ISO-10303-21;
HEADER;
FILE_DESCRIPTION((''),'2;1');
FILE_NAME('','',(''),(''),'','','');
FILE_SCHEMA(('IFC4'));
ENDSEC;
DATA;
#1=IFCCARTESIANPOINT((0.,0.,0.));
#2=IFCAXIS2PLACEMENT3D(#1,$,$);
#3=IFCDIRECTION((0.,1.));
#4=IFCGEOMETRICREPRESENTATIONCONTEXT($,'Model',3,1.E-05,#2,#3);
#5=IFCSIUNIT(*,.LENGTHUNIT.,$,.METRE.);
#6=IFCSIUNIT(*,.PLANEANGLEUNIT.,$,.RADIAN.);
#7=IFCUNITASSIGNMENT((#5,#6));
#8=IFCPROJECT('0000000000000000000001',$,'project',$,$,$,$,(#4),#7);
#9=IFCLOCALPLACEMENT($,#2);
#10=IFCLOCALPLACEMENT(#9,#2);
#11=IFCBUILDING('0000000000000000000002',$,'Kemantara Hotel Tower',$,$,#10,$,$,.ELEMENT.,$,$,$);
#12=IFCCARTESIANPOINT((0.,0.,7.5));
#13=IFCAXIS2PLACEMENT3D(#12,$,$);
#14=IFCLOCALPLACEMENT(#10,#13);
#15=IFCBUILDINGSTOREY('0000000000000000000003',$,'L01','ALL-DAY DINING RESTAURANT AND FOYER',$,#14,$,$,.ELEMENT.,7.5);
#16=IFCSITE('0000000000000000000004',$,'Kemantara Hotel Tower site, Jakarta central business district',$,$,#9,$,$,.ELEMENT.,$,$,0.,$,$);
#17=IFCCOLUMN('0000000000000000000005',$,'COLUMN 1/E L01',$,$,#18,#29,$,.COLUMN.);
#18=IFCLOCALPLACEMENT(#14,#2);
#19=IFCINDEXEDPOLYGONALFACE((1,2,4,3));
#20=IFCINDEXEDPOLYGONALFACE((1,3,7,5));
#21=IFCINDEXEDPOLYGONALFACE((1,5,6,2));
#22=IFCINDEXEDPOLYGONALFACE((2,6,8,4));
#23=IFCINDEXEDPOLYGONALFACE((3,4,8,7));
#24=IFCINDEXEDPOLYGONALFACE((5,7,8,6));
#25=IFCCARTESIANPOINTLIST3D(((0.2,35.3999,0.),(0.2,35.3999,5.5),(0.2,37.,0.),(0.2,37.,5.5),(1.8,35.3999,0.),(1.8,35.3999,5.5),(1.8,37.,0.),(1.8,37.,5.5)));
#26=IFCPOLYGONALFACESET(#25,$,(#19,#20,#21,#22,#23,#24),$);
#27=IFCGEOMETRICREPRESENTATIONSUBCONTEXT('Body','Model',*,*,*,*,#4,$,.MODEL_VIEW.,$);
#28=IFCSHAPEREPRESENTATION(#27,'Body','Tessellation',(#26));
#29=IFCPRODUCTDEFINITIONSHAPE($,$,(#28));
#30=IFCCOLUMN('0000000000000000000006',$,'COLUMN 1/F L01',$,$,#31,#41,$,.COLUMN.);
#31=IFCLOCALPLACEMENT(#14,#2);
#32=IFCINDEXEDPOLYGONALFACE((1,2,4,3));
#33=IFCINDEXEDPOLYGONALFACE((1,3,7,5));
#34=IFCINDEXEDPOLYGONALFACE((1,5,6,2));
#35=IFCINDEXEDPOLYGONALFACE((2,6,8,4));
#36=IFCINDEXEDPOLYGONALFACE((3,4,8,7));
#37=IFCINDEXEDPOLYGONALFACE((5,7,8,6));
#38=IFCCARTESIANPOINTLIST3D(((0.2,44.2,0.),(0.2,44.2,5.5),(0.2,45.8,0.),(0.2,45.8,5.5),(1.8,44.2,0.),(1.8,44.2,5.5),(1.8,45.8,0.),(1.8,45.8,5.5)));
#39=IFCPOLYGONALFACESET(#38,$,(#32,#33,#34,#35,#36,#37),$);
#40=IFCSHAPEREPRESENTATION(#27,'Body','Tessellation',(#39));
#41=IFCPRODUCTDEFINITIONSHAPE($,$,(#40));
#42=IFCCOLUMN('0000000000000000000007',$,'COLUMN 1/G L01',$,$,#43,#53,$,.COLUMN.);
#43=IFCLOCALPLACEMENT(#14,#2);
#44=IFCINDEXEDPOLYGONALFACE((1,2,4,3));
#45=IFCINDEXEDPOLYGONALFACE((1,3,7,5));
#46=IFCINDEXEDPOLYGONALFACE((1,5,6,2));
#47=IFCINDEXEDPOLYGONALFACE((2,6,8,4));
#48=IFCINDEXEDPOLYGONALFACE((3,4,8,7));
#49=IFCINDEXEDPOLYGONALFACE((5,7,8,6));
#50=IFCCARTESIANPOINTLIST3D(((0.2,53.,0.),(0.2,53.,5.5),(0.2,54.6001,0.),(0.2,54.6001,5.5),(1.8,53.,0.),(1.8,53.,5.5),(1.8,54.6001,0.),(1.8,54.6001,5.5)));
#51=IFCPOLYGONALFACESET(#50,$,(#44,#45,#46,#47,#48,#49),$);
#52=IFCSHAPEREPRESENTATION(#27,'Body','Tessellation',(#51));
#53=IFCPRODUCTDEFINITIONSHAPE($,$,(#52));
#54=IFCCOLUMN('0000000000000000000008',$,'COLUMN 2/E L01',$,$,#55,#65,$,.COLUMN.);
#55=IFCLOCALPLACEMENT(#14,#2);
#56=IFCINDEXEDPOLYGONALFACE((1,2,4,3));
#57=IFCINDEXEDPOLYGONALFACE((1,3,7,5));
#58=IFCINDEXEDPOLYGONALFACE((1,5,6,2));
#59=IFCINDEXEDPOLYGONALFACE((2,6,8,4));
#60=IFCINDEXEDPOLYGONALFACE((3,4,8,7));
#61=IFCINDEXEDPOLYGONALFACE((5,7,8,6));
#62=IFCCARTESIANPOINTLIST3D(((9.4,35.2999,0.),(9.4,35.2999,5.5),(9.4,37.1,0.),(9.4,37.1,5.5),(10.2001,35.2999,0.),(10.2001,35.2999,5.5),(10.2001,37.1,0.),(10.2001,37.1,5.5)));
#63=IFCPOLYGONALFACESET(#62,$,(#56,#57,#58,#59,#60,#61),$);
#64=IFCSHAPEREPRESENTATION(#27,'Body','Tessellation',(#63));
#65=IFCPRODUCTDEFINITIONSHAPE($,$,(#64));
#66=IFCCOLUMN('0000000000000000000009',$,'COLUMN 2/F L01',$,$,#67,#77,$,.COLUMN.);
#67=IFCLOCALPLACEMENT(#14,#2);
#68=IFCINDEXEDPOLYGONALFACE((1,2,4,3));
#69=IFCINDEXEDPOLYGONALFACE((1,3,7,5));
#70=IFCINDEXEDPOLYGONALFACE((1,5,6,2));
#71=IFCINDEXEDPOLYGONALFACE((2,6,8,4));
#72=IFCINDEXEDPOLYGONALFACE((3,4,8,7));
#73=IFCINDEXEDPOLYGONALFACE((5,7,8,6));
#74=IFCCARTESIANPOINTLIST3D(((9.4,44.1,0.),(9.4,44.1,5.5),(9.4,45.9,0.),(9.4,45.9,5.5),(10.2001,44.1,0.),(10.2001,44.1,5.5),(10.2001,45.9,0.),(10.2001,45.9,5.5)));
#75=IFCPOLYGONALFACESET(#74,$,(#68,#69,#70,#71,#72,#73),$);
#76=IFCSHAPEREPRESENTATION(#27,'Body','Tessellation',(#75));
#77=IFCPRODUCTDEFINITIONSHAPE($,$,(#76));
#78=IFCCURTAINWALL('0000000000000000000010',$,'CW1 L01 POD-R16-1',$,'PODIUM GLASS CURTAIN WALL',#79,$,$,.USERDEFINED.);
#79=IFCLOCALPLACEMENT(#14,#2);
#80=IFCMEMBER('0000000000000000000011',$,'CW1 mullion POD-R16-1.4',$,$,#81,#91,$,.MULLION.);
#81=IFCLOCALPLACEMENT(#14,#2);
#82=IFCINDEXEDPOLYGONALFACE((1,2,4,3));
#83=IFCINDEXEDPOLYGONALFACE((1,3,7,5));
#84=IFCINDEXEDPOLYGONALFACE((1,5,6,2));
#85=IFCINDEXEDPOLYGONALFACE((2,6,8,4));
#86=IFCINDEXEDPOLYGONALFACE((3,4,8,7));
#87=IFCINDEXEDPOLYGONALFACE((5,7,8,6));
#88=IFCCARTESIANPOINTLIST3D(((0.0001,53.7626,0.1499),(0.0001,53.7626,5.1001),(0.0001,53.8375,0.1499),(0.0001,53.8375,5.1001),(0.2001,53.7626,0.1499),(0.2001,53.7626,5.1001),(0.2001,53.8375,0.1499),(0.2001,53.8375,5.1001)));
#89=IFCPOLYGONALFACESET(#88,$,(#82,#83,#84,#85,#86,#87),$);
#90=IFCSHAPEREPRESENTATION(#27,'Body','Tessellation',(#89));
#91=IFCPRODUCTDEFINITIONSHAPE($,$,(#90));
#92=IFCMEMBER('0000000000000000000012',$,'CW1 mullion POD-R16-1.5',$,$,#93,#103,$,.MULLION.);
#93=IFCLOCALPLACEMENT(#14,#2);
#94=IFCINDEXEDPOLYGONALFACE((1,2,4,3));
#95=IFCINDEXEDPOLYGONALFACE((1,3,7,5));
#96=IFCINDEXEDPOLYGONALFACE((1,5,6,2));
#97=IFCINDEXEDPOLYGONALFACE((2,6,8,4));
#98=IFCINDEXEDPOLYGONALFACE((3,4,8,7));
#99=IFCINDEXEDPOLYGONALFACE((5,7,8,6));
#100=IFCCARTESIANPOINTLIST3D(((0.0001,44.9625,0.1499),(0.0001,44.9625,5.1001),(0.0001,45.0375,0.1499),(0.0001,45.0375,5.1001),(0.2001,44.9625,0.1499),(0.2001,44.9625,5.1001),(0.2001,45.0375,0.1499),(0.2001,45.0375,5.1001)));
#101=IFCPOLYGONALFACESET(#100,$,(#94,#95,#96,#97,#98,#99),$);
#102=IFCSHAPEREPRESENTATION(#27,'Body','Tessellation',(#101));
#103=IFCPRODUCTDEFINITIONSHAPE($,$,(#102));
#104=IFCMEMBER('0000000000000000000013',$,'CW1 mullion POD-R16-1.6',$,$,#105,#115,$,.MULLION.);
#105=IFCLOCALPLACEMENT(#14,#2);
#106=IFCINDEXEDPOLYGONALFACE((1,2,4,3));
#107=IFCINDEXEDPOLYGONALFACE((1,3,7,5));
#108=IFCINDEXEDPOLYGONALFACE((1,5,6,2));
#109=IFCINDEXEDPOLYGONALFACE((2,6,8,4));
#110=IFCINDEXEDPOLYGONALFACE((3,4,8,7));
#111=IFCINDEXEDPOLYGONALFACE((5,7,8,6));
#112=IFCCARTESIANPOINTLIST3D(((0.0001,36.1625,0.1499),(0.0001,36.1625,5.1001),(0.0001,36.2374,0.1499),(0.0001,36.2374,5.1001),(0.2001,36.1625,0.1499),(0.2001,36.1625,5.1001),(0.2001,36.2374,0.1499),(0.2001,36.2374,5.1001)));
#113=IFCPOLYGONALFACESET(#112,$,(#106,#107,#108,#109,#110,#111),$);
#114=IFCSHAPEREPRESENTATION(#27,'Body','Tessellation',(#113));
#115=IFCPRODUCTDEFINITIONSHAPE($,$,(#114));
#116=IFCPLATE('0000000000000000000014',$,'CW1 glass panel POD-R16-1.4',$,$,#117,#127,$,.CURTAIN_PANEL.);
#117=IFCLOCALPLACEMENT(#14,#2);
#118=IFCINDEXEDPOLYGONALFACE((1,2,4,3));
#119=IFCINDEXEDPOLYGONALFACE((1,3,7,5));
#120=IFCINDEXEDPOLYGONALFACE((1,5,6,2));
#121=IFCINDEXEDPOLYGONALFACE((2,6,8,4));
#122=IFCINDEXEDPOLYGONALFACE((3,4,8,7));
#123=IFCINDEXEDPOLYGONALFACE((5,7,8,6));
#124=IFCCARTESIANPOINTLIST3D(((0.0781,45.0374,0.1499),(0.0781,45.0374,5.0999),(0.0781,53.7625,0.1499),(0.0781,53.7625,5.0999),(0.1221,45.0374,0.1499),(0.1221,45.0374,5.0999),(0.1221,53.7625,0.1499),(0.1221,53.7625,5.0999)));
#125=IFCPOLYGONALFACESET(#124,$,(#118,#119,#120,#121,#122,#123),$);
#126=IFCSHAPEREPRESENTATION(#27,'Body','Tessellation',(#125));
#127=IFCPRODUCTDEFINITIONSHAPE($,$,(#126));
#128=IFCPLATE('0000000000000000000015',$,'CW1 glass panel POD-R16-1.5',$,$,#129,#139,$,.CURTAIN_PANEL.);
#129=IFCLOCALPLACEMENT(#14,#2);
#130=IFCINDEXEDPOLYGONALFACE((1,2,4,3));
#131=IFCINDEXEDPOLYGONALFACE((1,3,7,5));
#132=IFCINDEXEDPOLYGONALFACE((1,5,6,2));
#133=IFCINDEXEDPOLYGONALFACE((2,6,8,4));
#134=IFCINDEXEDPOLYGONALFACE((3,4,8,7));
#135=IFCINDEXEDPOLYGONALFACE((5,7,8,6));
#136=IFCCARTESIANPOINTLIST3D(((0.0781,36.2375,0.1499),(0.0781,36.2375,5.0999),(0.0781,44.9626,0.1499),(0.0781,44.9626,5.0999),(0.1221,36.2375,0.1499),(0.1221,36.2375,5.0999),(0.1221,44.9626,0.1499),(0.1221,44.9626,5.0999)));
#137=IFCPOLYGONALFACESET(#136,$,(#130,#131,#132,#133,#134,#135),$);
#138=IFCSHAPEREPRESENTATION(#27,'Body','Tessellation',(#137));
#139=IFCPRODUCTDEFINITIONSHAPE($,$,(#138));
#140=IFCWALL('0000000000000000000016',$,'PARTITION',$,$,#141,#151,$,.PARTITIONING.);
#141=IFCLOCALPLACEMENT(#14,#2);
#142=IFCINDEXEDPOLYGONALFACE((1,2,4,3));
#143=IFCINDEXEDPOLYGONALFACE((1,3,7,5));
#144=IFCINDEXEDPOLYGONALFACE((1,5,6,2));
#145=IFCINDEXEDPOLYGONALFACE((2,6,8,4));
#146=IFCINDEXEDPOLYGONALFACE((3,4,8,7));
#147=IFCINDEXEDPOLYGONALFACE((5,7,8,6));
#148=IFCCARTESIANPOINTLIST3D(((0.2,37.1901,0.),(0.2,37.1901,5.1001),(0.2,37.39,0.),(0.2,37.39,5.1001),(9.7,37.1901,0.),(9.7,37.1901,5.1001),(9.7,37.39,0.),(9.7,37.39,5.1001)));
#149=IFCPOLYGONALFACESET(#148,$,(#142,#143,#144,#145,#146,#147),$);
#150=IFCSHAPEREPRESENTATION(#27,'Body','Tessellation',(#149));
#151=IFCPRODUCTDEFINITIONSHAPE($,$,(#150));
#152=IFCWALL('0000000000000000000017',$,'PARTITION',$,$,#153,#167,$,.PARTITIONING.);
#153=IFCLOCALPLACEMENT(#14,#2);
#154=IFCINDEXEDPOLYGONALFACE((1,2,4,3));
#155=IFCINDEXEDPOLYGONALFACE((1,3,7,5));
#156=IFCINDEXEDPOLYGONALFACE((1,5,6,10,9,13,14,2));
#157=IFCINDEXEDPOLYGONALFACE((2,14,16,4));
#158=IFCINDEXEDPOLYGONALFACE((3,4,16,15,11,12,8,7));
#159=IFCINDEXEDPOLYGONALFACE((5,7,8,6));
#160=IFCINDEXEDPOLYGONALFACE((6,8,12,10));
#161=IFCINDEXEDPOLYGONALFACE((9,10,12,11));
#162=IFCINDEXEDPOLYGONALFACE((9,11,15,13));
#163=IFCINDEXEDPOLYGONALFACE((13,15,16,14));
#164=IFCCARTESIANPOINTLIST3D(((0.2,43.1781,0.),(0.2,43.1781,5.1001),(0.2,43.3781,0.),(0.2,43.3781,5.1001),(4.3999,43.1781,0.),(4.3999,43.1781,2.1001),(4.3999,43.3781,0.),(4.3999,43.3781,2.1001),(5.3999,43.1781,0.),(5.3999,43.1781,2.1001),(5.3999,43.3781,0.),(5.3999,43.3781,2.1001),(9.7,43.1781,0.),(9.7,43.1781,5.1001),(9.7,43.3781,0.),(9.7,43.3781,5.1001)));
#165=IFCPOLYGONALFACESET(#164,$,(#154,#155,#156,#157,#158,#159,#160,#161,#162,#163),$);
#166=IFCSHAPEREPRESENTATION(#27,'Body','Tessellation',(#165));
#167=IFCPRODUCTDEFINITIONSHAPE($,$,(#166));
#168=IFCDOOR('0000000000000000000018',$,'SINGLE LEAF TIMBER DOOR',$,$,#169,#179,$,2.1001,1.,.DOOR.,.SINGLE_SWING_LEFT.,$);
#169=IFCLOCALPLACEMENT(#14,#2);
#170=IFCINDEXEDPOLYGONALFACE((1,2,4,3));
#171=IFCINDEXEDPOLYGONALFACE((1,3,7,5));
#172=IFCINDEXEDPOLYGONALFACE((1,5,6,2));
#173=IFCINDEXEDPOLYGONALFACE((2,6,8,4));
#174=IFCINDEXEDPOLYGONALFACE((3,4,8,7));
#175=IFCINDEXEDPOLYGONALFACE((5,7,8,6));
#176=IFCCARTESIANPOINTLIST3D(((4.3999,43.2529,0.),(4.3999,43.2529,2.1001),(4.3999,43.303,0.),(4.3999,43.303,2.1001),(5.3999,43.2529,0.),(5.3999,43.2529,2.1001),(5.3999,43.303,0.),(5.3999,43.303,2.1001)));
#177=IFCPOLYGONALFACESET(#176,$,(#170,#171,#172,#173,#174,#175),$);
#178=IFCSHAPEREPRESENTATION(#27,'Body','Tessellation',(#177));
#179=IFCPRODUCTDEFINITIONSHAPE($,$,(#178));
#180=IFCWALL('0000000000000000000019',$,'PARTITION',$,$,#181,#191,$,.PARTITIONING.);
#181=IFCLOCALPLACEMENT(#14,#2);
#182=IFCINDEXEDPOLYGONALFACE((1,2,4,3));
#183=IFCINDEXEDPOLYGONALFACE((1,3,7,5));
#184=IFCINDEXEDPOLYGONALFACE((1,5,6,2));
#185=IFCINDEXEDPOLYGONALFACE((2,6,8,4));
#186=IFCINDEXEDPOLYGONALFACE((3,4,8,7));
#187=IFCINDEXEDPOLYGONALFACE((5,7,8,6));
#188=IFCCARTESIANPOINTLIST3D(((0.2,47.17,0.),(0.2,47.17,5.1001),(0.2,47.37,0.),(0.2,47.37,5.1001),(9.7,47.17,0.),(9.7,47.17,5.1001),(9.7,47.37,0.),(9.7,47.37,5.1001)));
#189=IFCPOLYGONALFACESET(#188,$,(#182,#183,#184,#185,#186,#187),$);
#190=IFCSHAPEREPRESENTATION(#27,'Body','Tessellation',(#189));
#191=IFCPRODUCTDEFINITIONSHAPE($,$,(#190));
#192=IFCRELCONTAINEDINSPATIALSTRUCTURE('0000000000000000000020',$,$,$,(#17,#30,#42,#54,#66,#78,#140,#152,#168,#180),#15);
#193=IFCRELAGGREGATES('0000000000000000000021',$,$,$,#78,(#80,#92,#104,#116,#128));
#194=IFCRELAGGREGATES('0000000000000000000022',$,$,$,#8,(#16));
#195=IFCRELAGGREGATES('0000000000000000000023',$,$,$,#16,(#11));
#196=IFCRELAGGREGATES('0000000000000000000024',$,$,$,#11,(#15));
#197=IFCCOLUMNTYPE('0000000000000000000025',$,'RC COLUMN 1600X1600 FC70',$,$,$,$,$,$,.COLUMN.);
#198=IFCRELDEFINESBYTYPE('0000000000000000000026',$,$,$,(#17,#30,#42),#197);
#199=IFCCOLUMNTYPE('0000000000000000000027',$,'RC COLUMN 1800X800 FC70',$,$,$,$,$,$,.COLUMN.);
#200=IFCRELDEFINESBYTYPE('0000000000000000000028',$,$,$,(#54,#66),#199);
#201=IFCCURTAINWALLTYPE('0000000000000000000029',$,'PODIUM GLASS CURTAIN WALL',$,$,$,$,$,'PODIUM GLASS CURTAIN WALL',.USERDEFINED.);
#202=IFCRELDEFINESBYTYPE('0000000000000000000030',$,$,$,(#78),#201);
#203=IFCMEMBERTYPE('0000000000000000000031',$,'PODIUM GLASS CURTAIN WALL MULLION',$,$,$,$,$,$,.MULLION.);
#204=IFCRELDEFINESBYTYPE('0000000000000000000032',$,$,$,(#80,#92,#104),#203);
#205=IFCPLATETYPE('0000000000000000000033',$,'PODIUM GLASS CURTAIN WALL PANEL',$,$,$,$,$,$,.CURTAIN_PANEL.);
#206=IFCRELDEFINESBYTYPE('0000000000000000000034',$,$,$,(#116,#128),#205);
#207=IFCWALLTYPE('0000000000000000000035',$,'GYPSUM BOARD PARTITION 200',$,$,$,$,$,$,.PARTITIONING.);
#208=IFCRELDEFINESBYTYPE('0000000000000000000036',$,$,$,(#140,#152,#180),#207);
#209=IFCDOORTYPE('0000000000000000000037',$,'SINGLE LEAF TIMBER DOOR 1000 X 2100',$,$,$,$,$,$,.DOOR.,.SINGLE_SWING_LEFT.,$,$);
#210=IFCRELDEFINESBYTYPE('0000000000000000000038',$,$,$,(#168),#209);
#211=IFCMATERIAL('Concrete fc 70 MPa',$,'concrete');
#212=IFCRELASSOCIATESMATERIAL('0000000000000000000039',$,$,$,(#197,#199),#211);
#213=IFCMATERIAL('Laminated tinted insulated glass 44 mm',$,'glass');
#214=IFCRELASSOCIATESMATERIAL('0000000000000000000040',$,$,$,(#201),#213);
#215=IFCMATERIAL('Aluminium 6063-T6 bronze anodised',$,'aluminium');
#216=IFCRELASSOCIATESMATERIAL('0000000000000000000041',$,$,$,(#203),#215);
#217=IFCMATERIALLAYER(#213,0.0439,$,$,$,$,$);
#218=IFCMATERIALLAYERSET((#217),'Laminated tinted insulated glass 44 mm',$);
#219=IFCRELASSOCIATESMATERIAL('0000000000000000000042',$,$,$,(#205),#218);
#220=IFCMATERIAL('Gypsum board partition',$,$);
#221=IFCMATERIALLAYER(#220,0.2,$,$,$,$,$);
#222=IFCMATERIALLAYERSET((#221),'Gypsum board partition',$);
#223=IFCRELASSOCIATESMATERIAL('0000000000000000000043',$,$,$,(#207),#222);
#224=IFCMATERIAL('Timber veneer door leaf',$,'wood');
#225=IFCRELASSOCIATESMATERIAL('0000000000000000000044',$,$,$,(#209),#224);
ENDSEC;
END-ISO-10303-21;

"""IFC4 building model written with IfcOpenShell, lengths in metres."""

from ifc_helpers import new_model, si_unit, direction, frame, frame_2d, origin, origin_2d, place, context, subcontext, project, spatial, rectangle, extrude, source, transform, mapped, material, layer, layer_set, material_profile, profile_set, type_object, element, fill, aggregate, save


model = new_model("IFC4")

# Units and contexts
model_context = context("Model", 3, precision=1e-05, world=origin(), true_north=direction((0.0, 1.0)))
body_context = subcontext(model_context, "Body", "Model", "MODEL_VIEW")
ifc_project = project(units=[si_unit("LENGTHUNIT", "METRE"), si_unit("PLANEANGLEUNIT", "RADIAN")], contexts=[model_context])

# Site, building, storey
site_placement = place(None, origin())
site = spatial("IfcSite", under=ifc_project, at=site_placement, Name="Kemantara Hotel Tower site, Jakarta central business district", CompositionType="ELEMENT", RefElevation=0.0)
building_placement = place(site_placement, origin())
building = spatial("IfcBuilding", under=site, at=building_placement, Name="Kemantara Hotel Tower", CompositionType="ELEMENT")
storey_placement = place(building_placement, frame((0.0, 0.0, 7.5)))
storey = spatial("IfcBuildingStorey", under=building, at=storey_placement, Name="L01", Description="ALL-DAY DINING RESTAURANT AND FOYER", CompositionType="ELEMENT", Elevation=7.5)

# Columns
ifc_material_1 = material(Name="Concrete fc 70 MPa", Category="concrete")
ifc_material_profile_1 = material_profile(ifc_material_1, rectangle(XDim=1.6001, YDim=1.6001, at=origin_2d()), Name="RC 1600X1600")
ifc_profile_set_1 = profile_set([ifc_material_profile_1], Name="Concrete fc 70 MPa")
column_type_1 = type_object("IfcColumnType", Name="RC COLUMN 1600X1600 FC70", PredefinedType="COLUMN", material=ifc_profile_set_1)
for number, where, z_axis, x_axis, name in (
    (1, (1.0, 36.2, 0.0), (0.0, 0.0, 1.0), (1.0, 0.0, 0.0), "COLUMN 1/E L01"),
    (2, (1.0, 45.0, 0.0), (0.0, 0.0, 1.0), (1.0, 0.0, 0.0), "COLUMN 1/F L01"),
    (3, (1.0, 53.8, 0.0), (0.0, 0.0, 1.0), (1.0, 0.0, 0.0), "COLUMN 1/G L01"),
):
    element("IfcColumn", number, at=place(storey_placement, frame(where, z_axis=z_axis, x_axis=x_axis)), inside=storey, type_object=column_type_1, Name=name, PredefinedType="COLUMN", context=body_context, shape_type="SweptSolid", body=[
        extrude(rectangle(XDim=1.6001, YDim=1.6001, at=origin_2d()), origin(), (0.0, 0.0, 1.0), 5.5),
    ])
ifc_material_profile_2 = material_profile(ifc_material_1, rectangle(XDim=1.8, YDim=0.8, at=origin_2d()), Name="RC 1800X800")
ifc_profile_set_2 = profile_set([ifc_material_profile_2], Name="Concrete fc 70 MPa")
column_type_2 = type_object("IfcColumnType", Name="RC COLUMN 1800X800 FC70", PredefinedType="COLUMN", material=ifc_profile_set_2)
for number, where, z_axis, x_axis, name in (
    (4, (9.8, 36.2, 0.0), (0.0, 0.0, 1.0), (0.0, 1.0, 0.0), "COLUMN 2/E L01"),
    (5, (9.8, 45.0, 0.0), (0.0, 0.0, 1.0), (0.0, 1.0, 0.0), "COLUMN 2/F L01"),
):
    element("IfcColumn", number, at=place(storey_placement, frame(where, z_axis=z_axis, x_axis=x_axis)), inside=storey, type_object=column_type_2, Name=name, PredefinedType="COLUMN", context=body_context, shape_type="SweptSolid", body=[
        extrude(rectangle(XDim=1.8, YDim=0.8, at=origin_2d()), origin(), (0.0, 0.0, 1.0), 5.5),
    ])

# Curtain wall, members, plates
ifc_material_2 = material(Name="Laminated tinted insulated glass 44 mm", Category="glass")
curtain_wall_type = type_object("IfcCurtainWallType", Name="PODIUM GLASS CURTAIN WALL", ElementType="PODIUM GLASS CURTAIN WALL", PredefinedType="USERDEFINED", material=ifc_material_2)
curtain_wall_placement = place(storey_placement, origin())
curtain_wall = element("IfcCurtainWall", 6, at=curtain_wall_placement, inside=storey, type_object=curtain_wall_type, Name="CW1 L01 POD-R16-1", ObjectType="PODIUM GLASS CURTAIN WALL", PredefinedType="USERDEFINED")
ifc_material_3 = material(Name="Aluminium 6063-T6 bronze anodised", Category="aluminium")
ifc_material_profile_3 = material_profile(ifc_material_3, rectangle(XDim=0.2, YDim=0.075, at=origin_2d()), Name="PODIUM GLASS CURTAIN WALL MULLION")
ifc_profile_set_3 = profile_set([ifc_material_profile_3], Name="Aluminium 6063-T6 bronze anodised")
member_type = type_object("IfcMemberType", Name="PODIUM GLASS CURTAIN WALL MULLION", PredefinedType="MULLION", material=ifc_profile_set_3)
shared_shape_1 = source(origin(), body_context, "Body", "SweptSolid", [
    extrude(rectangle(XDim=0.2, YDim=0.075, at=origin_2d()), origin(), (0.0, 0.0, 1.0), 4.9502),
])
member_1_placement = place(storey_placement, frame((0.1001, 53.8, 0.1499), z_axis=(0.0, 0.0, 1.0), x_axis=(1.0, 0.0, 0.0)))
member_1 = element("IfcMember", 7, at=member_1_placement, type_object=member_type, Name="CW1 mullion POD-R16-1.4", PredefinedType="MULLION", context=body_context, shape_type="MappedRepresentation", body=[
    mapped(shared_shape_1, transform((0.0, 0.0, 0.0))),
])
member_2_placement = place(storey_placement, frame((0.1001, 45.0, 0.1499), z_axis=(0.0, 0.0, 1.0), x_axis=(1.0, 0.0, 0.0)))
member_2 = element("IfcMember", 8, at=member_2_placement, type_object=member_type, Name="CW1 mullion POD-R16-1.5", PredefinedType="MULLION", context=body_context, shape_type="MappedRepresentation", body=[
    mapped(shared_shape_1, transform((0.0, 0.0, 0.0))),
])
member_3_placement = place(storey_placement, frame((0.1001, 36.2, 0.1499), z_axis=(0.0, 0.0, 1.0), x_axis=(1.0, 0.0, 0.0)))
member_3 = element("IfcMember", 9, at=member_3_placement, type_object=member_type, Name="CW1 mullion POD-R16-1.6", PredefinedType="MULLION", context=body_context, shape_type="MappedRepresentation", body=[
    mapped(shared_shape_1, transform((0.0, 0.0, 0.0))),
])
ifc_layer_1 = layer(ifc_material_2, 0.0439)
ifc_layer_set_1 = layer_set([ifc_layer_1], Name="Laminated tinted insulated glass 44 mm")
plate_type = type_object("IfcPlateType", Name="PODIUM GLASS CURTAIN WALL PANEL", PredefinedType="CURTAIN_PANEL", material=ifc_layer_set_1)
shared_shape_2 = source(origin(), body_context, "Body", "SweptSolid", [
    extrude(rectangle(XDim=8.7251, YDim=0.0439, at=origin_2d()), origin(), (0.0, 0.0, 1.0), 4.95),
])
plate_1_placement = place(storey_placement, frame((0.1001, 49.3999, 0.1499), z_axis=(0.0, 0.0, 1.0), x_axis=(0.0, -1.0, 0.0)))
plate_1 = element("IfcPlate", 10, at=plate_1_placement, type_object=plate_type, Name="CW1 glass panel POD-R16-1.4", PredefinedType="CURTAIN_PANEL", context=body_context, shape_type="MappedRepresentation", body=[
    mapped(shared_shape_2, transform((0.0, 0.0, 0.0))),
])
plate_2_placement = place(storey_placement, frame((0.1001, 40.6001, 0.1499), z_axis=(0.0, 0.0, 1.0), x_axis=(0.0, -1.0, 0.0)))
plate_2 = element("IfcPlate", 11, at=plate_2_placement, type_object=plate_type, Name="CW1 glass panel POD-R16-1.5", PredefinedType="CURTAIN_PANEL", context=body_context, shape_type="MappedRepresentation", body=[
    mapped(shared_shape_2, transform((0.0, 0.0, 0.0))),
])
aggregate(curtain_wall, [member_1, member_2, member_3, plate_1, plate_2])

# Wall
ifc_material_4 = material(Name="Gypsum board partition")
ifc_layer_2 = layer(ifc_material_4, 0.2)
ifc_layer_set_2 = layer_set([ifc_layer_2], Name="Gypsum board partition")
wall_type = type_object("IfcWallType", Name="GYPSUM BOARD PARTITION 200", PredefinedType="PARTITIONING", material=ifc_layer_set_2)
wall_1_placement = place(storey_placement, frame((0.2, 37.29, 0.0), z_axis=(0.0, 0.0, 1.0), x_axis=(1.0, 0.0, 0.0)))
element("IfcWall", 12, at=wall_1_placement, inside=storey, type_object=wall_type, Name="PARTITION", PredefinedType="PARTITIONING", context=body_context, shape_type="SweptSolid", body=[
    extrude(rectangle(XDim=9.5, YDim=0.2, at=frame_2d((4.75, 0.0))), origin(), (0.0, 0.0, 1.0), 5.1001),
])

# Wall, opening, door
wall_2_placement = place(storey_placement, frame((0.2, 43.2781, 0.0), z_axis=(0.0, 0.0, 1.0), x_axis=(1.0, 0.0, 0.0)))
wall_2 = element("IfcWall", 13, at=wall_2_placement, inside=storey, type_object=wall_type, Name="PARTITION", PredefinedType="PARTITIONING", context=body_context, shape_type="SweptSolid", body=[
    extrude(rectangle(XDim=9.5, YDim=0.2, at=frame_2d((4.75, 0.0))), origin(), (0.0, 0.0, 1.0), 5.1001),
])
opening_placement = place(wall_2_placement, frame((4.2, 0.0, 0.0)))
opening = element("IfcOpeningElement", 14, at=opening_placement, cuts=wall_2, PredefinedType="OPENING", context=body_context, shape_type="SweptSolid", body=[
    extrude(rectangle(XDim=1.0, YDim=2.1001, at=frame_2d((0.5, 1.05))), frame((0.0, 0.1099, 0.0), z_axis=(0.0, -1.0, 0.0), x_axis=(1.0, 0.0, 0.0)), (0.0, 0.0, 1.0), 0.22),
])
ifc_material_5 = material(Name="Timber veneer door leaf", Category="wood")
door_type = type_object("IfcDoorType", Name="SINGLE LEAF TIMBER DOOR 1000 X 2100", OperationType="SINGLE_SWING_LEFT", PredefinedType="DOOR", material=ifc_material_5)
door_placement = place(opening_placement, origin())
door = element("IfcDoor", 15, at=door_placement, inside=storey, type_object=door_type, Name="SINGLE LEAF TIMBER DOOR", OperationType="SINGLE_SWING_LEFT", OverallHeight=2.1001, OverallWidth=1.0, PredefinedType="DOOR", context=body_context, shape_type="SweptSolid", body=[
    extrude(rectangle(XDim=1.0, YDim=2.1001, at=frame_2d((0.5, 1.05))), frame((0.0, 0.0249, 0.0), z_axis=(0.0, -1.0, 0.0), x_axis=(1.0, 0.0, 0.0)), (0.0, 0.0, 1.0), 0.05),
])
fill(opening, door)

# Wall
for number, where, z_axis, x_axis, name in (
    (16, (0.2, 47.27, 0.0), (0.0, 0.0, 1.0), (1.0, 0.0, 0.0), "PARTITION"),
):
    element("IfcWall", number, at=place(storey_placement, frame(where, z_axis=z_axis, x_axis=x_axis)), inside=storey, type_object=wall_type, Name=name, PredefinedType="PARTITIONING", context=body_context, shape_type="SweptSolid", body=[
        extrude(rectangle(XDim=9.5, YDim=0.2, at=frame_2d((4.75, 0.0))), origin(), (0.0, 0.0, 1.0), 5.1001),
    ])

save(model, "model.ifc")
